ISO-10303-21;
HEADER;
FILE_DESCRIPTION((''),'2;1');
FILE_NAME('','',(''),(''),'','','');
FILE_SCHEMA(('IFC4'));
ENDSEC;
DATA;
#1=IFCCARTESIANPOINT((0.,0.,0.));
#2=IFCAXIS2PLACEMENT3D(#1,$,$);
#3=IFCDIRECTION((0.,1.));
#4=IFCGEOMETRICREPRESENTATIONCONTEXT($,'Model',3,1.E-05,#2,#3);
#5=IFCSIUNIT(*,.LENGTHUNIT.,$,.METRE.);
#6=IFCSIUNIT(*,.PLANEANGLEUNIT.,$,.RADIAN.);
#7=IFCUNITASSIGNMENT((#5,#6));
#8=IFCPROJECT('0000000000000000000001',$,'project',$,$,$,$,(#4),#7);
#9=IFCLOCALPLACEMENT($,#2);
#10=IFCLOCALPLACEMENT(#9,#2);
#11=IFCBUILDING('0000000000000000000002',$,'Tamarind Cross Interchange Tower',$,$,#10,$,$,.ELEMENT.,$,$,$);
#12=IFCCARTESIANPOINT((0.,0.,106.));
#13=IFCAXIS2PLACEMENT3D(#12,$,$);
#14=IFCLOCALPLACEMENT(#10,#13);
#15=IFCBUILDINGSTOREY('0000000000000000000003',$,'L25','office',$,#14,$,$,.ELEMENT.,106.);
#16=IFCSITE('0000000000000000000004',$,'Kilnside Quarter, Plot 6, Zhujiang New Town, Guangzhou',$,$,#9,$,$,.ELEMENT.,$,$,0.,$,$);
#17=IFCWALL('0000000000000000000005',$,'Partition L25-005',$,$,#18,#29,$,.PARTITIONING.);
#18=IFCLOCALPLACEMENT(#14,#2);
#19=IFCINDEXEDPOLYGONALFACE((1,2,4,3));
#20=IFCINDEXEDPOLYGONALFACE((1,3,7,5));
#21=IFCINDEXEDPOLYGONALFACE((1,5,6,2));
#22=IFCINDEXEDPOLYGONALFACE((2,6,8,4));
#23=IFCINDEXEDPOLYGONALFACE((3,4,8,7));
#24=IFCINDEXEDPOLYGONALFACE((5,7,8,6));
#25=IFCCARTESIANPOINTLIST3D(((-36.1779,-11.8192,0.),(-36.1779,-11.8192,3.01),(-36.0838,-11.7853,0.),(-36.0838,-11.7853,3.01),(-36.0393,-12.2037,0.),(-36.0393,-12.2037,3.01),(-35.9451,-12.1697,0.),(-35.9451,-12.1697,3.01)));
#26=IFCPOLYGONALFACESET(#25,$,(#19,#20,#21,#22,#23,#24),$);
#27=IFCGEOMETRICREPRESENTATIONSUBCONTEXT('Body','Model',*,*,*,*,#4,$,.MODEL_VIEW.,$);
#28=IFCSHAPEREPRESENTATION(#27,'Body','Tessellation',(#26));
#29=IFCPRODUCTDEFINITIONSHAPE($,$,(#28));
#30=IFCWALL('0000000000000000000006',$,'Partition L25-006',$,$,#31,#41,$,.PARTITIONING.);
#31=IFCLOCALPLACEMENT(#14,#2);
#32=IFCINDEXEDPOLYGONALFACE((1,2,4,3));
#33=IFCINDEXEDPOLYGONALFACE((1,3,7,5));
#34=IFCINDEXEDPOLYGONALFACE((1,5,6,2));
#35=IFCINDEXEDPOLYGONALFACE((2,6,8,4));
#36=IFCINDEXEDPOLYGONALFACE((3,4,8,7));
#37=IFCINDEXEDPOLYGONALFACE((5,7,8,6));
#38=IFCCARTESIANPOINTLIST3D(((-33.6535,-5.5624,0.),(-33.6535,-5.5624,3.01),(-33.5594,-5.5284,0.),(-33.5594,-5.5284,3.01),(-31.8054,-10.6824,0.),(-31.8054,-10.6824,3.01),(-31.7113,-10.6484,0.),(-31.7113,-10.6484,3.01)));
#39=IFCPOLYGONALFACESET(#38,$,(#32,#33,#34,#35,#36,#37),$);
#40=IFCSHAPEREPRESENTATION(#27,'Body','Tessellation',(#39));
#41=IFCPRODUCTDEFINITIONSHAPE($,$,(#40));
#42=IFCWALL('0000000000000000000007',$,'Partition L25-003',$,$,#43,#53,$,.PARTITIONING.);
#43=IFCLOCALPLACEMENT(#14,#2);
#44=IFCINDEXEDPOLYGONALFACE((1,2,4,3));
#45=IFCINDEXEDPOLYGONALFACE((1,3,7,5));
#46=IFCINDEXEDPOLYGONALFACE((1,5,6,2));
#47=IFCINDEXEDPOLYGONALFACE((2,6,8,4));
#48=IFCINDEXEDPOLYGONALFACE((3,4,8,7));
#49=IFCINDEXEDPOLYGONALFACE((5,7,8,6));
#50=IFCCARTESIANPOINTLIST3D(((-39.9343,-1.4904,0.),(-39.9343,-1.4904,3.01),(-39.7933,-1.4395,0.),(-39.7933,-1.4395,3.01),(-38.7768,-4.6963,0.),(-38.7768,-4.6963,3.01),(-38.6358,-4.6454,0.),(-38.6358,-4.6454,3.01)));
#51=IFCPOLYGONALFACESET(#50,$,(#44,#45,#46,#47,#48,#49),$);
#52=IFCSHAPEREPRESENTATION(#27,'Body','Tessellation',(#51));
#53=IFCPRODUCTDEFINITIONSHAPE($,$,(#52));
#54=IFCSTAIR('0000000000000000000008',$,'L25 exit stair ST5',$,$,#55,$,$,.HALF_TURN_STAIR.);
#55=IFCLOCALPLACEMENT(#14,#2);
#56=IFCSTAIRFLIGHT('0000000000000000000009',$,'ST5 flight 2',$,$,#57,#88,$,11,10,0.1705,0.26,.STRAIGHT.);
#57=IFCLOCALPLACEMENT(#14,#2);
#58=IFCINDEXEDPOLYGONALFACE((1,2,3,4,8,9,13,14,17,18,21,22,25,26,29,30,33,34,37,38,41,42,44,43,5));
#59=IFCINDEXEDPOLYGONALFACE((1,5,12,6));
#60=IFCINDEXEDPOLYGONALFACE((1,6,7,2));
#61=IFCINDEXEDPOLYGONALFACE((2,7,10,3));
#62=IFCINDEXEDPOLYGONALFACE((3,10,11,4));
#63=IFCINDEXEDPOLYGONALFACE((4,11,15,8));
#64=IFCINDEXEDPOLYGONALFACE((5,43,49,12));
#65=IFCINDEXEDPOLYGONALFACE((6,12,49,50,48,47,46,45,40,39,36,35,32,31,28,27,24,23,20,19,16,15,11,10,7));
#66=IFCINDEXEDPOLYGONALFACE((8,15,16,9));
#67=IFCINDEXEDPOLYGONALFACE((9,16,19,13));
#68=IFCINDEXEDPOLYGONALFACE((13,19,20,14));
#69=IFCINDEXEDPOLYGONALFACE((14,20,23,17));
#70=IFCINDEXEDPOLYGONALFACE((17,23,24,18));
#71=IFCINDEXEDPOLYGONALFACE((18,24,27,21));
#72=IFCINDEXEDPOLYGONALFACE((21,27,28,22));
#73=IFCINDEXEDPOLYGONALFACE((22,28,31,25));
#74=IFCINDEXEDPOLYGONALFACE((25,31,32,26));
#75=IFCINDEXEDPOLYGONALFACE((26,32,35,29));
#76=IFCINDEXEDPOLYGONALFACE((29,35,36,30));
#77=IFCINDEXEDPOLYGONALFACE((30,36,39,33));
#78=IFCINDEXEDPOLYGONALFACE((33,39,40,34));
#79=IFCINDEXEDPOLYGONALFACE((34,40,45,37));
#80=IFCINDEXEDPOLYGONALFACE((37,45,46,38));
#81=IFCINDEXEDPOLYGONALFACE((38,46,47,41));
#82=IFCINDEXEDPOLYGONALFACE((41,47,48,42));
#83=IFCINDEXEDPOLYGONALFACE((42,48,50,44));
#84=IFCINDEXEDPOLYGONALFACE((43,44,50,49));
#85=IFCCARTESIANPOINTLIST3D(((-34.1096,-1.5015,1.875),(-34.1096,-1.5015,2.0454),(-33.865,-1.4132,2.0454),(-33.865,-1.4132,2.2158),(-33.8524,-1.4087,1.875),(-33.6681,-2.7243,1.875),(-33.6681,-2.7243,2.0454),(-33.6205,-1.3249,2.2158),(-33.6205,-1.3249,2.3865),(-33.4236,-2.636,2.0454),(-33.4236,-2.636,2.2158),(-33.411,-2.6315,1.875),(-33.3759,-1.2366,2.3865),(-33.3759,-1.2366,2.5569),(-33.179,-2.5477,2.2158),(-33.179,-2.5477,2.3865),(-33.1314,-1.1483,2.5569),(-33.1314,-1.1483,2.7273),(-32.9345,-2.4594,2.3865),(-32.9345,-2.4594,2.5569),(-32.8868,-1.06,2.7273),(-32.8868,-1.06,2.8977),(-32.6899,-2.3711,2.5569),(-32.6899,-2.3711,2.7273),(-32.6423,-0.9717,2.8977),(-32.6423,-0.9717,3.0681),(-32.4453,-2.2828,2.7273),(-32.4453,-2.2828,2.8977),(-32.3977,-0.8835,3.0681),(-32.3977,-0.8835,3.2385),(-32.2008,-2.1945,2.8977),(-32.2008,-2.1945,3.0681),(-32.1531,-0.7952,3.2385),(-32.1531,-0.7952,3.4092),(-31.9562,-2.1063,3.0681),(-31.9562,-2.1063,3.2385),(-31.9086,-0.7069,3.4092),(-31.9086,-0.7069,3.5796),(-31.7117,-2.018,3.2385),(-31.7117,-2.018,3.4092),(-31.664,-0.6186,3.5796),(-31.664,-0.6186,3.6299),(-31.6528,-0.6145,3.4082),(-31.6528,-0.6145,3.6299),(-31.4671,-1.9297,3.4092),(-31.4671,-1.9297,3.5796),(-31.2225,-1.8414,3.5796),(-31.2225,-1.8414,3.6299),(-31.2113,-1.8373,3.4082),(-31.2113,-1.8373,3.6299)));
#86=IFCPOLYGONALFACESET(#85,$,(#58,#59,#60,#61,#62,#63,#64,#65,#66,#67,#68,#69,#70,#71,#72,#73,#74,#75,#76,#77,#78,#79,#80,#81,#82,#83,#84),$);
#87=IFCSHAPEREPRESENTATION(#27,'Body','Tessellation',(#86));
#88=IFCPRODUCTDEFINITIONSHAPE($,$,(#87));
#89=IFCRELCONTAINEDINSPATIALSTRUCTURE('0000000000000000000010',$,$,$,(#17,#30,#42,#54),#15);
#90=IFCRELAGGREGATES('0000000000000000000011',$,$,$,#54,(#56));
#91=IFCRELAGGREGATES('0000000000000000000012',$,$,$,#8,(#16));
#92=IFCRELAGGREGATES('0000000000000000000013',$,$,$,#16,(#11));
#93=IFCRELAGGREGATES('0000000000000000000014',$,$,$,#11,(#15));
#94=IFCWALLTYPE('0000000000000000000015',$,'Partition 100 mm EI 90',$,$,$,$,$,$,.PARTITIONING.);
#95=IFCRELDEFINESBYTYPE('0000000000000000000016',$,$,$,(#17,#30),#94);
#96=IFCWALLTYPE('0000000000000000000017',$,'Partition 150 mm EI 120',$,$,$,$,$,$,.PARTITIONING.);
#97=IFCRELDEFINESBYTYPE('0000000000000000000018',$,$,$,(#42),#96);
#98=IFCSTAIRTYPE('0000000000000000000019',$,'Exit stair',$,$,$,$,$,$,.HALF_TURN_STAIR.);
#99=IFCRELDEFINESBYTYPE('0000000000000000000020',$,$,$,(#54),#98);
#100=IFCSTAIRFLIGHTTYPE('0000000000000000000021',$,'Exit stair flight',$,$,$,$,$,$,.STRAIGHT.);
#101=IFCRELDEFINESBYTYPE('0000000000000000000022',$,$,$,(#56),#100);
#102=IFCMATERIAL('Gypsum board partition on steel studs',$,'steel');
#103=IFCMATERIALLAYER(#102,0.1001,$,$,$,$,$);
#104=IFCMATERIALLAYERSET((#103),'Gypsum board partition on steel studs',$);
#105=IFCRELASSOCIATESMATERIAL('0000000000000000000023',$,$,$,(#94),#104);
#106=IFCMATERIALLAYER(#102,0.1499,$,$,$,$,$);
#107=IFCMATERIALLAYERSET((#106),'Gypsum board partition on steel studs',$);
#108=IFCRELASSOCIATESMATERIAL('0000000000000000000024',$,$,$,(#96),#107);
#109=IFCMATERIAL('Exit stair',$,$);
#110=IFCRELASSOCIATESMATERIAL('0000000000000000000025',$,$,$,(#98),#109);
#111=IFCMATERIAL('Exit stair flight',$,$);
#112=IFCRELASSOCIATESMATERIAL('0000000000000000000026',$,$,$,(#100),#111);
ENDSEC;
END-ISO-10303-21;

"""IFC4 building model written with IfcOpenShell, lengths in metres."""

from ifc_helpers import new_model, si_unit, direction, frame, frame_2d, origin, place, context, subcontext, project, spatial, polyline, rectangle, outline, extrude, material, layer, layer_set, type_object, element, aggregate, save


model = new_model("IFC4")

# Units and contexts
model_context = context("Model", 3, precision=1e-05, world=origin(), true_north=direction((0.0, 1.0)))
body_context = subcontext(model_context, "Body", "Model", "MODEL_VIEW")
ifc_project = project(units=[si_unit("LENGTHUNIT", "METRE"), si_unit("PLANEANGLEUNIT", "RADIAN")], contexts=[model_context])

# Site, building, storey
site_placement = place(None, origin())
site = spatial("IfcSite", under=ifc_project, at=site_placement, Name="Kilnside Quarter, Plot 6, Zhujiang New Town, Guangzhou", CompositionType="ELEMENT", RefElevation=0.0)
building_placement = place(site_placement, origin())
building = spatial("IfcBuilding", under=site, at=building_placement, Name="Tamarind Cross Interchange Tower", CompositionType="ELEMENT")
storey_placement = place(building_placement, frame((0.0, 0.0, 106.0)))
storey = spatial("IfcBuildingStorey", under=building, at=storey_placement, Name="L25", Description="office", CompositionType="ELEMENT", Elevation=106.0)

# Walls
ifc_material_1 = material(Name="Gypsum board partition on steel studs", Category="steel")
ifc_layer_1 = layer(ifc_material_1, 0.1001)
ifc_layer_set_1 = layer_set([ifc_layer_1], Name="Gypsum board partition on steel studs")
wall_type_1 = type_object("IfcWallType", Name="Partition 100 mm EI 90", PredefinedType="PARTITIONING", material=ifc_layer_set_1)
wall_1_placement = place(storey_placement, frame((-36.1309, -11.8022, 0.0), z_axis=(0.0, 0.0, 1.0), x_axis=(0.339248, -0.940697, 0.0)))
element("IfcWall", 1, at=wall_1_placement, inside=storey, type_object=wall_type_1, Name="Partition L25-005", PredefinedType="PARTITIONING", context=body_context, shape_type="SweptSolid", body=[
    extrude(rectangle(XDim=0.4087, YDim=0.1001, at=frame_2d((0.2043, 0.0))), origin(), (0.0, 0.0, 1.0), 3.01),
])
wall_2_placement = place(storey_placement, frame((-33.6064, -5.5454, 0.0), z_axis=(0.0, 0.0, 1.0), x_axis=(0.339517, -0.9406, 0.0)))
element("IfcWall", 2, at=wall_2_placement, inside=storey, type_object=wall_type_1, Name="Partition L25-006", PredefinedType="PARTITIONING", context=body_context, shape_type="SweptSolid", body=[
    extrude(rectangle(XDim=5.4434, YDim=0.1001, at=frame_2d((2.7217, 0.0))), origin(), (0.0, 0.0, 1.0), 3.01),
])
ifc_layer_2 = layer(ifc_material_1, 0.1499)
ifc_layer_set_2 = layer_set([ifc_layer_2], Name="Gypsum board partition on steel studs")
wall_type_2 = type_object("IfcWallType", Name="Partition 150 mm EI 120", PredefinedType="PARTITIONING", material=ifc_layer_set_2)
wall_3_placement = place(storey_placement, frame((-39.8638, -1.4651, 0.0), z_axis=(0.0, 0.0, 1.0), x_axis=(0.339597, -0.940571, 0.0)))
element("IfcWall", 3, at=wall_3_placement, inside=storey, type_object=wall_type_2, Name="Partition L25-003", PredefinedType="PARTITIONING", context=body_context, shape_type="SweptSolid", body=[
    extrude(rectangle(XDim=3.4084, YDim=0.1499, at=frame_2d((1.7041, 0.0))), origin(), (0.0, 0.0, 1.0), 3.01),
])

# Stair, stair flight
ifc_material_2 = material(Name="Exit stair")
stair_type = type_object("IfcStairType", Name="Exit stair", PredefinedType="HALF_TURN_STAIR", material=ifc_material_2)
stair_placement = place(storey_placement, origin())
stair = element("IfcStair", 4, at=stair_placement, inside=storey, type_object=stair_type, Name="L25 exit stair ST5", PredefinedType="HALF_TURN_STAIR")
ifc_material_3 = material(Name="Exit stair flight")
stair_flight_type = type_object("IfcStairFlightType", Name="Exit stair flight", PredefinedType="STRAIGHT", material=ifc_material_3)
stair_flight_placement = place(storey_placement, frame((-33.8889, -2.1128, 1.875), z_axis=(0.0, 0.0, 1.0), x_axis=(0.940578, 0.339579, 0.0)))
stair_flight = element("IfcStairFlight", 5, at=stair_flight_placement, type_object=stair_flight_type, Name="ST5 flight 2", NumberOfRisers=11, NumberOfTreads=10, PredefinedType="STRAIGHT", RiserHeight=0.1705, TreadLength=0.26, context=body_context, shape_type="SweptSolid", body=[
    extrude(outline(polyline([(0.0, 0.0), (0.0, 0.1704), (0.26, 0.1704), (0.26, 0.3408), (0.52, 0.3408), (0.52, 0.5115), (0.78, 0.5115), (0.78, 0.6819), (1.04, 0.6819), (1.04, 0.8523), (1.3, 0.8523), (1.3, 1.0227), (1.5601, 1.0227), (1.5601, 1.1931), (1.8201, 1.1931), (1.8201, 1.3635), (2.0801, 1.3635), (2.0801, 1.5342), (2.3401, 1.5342), (2.3401, 1.7046), (2.6001, 1.7046), (2.6001, 1.7549), (2.6121, 1.7549), (2.6121, 1.5332), (0.2734, 0.0), (0.0, 0.0)])), frame((0.0, 0.6499, 0.0), z_axis=(0.0, -1.0, 0.0), x_axis=(1.0, 0.0, 0.0)), (0.0, 0.0, 1.0), 1.3),
])
aggregate(stair, [stair_flight])

save(model, "model.ifc")
